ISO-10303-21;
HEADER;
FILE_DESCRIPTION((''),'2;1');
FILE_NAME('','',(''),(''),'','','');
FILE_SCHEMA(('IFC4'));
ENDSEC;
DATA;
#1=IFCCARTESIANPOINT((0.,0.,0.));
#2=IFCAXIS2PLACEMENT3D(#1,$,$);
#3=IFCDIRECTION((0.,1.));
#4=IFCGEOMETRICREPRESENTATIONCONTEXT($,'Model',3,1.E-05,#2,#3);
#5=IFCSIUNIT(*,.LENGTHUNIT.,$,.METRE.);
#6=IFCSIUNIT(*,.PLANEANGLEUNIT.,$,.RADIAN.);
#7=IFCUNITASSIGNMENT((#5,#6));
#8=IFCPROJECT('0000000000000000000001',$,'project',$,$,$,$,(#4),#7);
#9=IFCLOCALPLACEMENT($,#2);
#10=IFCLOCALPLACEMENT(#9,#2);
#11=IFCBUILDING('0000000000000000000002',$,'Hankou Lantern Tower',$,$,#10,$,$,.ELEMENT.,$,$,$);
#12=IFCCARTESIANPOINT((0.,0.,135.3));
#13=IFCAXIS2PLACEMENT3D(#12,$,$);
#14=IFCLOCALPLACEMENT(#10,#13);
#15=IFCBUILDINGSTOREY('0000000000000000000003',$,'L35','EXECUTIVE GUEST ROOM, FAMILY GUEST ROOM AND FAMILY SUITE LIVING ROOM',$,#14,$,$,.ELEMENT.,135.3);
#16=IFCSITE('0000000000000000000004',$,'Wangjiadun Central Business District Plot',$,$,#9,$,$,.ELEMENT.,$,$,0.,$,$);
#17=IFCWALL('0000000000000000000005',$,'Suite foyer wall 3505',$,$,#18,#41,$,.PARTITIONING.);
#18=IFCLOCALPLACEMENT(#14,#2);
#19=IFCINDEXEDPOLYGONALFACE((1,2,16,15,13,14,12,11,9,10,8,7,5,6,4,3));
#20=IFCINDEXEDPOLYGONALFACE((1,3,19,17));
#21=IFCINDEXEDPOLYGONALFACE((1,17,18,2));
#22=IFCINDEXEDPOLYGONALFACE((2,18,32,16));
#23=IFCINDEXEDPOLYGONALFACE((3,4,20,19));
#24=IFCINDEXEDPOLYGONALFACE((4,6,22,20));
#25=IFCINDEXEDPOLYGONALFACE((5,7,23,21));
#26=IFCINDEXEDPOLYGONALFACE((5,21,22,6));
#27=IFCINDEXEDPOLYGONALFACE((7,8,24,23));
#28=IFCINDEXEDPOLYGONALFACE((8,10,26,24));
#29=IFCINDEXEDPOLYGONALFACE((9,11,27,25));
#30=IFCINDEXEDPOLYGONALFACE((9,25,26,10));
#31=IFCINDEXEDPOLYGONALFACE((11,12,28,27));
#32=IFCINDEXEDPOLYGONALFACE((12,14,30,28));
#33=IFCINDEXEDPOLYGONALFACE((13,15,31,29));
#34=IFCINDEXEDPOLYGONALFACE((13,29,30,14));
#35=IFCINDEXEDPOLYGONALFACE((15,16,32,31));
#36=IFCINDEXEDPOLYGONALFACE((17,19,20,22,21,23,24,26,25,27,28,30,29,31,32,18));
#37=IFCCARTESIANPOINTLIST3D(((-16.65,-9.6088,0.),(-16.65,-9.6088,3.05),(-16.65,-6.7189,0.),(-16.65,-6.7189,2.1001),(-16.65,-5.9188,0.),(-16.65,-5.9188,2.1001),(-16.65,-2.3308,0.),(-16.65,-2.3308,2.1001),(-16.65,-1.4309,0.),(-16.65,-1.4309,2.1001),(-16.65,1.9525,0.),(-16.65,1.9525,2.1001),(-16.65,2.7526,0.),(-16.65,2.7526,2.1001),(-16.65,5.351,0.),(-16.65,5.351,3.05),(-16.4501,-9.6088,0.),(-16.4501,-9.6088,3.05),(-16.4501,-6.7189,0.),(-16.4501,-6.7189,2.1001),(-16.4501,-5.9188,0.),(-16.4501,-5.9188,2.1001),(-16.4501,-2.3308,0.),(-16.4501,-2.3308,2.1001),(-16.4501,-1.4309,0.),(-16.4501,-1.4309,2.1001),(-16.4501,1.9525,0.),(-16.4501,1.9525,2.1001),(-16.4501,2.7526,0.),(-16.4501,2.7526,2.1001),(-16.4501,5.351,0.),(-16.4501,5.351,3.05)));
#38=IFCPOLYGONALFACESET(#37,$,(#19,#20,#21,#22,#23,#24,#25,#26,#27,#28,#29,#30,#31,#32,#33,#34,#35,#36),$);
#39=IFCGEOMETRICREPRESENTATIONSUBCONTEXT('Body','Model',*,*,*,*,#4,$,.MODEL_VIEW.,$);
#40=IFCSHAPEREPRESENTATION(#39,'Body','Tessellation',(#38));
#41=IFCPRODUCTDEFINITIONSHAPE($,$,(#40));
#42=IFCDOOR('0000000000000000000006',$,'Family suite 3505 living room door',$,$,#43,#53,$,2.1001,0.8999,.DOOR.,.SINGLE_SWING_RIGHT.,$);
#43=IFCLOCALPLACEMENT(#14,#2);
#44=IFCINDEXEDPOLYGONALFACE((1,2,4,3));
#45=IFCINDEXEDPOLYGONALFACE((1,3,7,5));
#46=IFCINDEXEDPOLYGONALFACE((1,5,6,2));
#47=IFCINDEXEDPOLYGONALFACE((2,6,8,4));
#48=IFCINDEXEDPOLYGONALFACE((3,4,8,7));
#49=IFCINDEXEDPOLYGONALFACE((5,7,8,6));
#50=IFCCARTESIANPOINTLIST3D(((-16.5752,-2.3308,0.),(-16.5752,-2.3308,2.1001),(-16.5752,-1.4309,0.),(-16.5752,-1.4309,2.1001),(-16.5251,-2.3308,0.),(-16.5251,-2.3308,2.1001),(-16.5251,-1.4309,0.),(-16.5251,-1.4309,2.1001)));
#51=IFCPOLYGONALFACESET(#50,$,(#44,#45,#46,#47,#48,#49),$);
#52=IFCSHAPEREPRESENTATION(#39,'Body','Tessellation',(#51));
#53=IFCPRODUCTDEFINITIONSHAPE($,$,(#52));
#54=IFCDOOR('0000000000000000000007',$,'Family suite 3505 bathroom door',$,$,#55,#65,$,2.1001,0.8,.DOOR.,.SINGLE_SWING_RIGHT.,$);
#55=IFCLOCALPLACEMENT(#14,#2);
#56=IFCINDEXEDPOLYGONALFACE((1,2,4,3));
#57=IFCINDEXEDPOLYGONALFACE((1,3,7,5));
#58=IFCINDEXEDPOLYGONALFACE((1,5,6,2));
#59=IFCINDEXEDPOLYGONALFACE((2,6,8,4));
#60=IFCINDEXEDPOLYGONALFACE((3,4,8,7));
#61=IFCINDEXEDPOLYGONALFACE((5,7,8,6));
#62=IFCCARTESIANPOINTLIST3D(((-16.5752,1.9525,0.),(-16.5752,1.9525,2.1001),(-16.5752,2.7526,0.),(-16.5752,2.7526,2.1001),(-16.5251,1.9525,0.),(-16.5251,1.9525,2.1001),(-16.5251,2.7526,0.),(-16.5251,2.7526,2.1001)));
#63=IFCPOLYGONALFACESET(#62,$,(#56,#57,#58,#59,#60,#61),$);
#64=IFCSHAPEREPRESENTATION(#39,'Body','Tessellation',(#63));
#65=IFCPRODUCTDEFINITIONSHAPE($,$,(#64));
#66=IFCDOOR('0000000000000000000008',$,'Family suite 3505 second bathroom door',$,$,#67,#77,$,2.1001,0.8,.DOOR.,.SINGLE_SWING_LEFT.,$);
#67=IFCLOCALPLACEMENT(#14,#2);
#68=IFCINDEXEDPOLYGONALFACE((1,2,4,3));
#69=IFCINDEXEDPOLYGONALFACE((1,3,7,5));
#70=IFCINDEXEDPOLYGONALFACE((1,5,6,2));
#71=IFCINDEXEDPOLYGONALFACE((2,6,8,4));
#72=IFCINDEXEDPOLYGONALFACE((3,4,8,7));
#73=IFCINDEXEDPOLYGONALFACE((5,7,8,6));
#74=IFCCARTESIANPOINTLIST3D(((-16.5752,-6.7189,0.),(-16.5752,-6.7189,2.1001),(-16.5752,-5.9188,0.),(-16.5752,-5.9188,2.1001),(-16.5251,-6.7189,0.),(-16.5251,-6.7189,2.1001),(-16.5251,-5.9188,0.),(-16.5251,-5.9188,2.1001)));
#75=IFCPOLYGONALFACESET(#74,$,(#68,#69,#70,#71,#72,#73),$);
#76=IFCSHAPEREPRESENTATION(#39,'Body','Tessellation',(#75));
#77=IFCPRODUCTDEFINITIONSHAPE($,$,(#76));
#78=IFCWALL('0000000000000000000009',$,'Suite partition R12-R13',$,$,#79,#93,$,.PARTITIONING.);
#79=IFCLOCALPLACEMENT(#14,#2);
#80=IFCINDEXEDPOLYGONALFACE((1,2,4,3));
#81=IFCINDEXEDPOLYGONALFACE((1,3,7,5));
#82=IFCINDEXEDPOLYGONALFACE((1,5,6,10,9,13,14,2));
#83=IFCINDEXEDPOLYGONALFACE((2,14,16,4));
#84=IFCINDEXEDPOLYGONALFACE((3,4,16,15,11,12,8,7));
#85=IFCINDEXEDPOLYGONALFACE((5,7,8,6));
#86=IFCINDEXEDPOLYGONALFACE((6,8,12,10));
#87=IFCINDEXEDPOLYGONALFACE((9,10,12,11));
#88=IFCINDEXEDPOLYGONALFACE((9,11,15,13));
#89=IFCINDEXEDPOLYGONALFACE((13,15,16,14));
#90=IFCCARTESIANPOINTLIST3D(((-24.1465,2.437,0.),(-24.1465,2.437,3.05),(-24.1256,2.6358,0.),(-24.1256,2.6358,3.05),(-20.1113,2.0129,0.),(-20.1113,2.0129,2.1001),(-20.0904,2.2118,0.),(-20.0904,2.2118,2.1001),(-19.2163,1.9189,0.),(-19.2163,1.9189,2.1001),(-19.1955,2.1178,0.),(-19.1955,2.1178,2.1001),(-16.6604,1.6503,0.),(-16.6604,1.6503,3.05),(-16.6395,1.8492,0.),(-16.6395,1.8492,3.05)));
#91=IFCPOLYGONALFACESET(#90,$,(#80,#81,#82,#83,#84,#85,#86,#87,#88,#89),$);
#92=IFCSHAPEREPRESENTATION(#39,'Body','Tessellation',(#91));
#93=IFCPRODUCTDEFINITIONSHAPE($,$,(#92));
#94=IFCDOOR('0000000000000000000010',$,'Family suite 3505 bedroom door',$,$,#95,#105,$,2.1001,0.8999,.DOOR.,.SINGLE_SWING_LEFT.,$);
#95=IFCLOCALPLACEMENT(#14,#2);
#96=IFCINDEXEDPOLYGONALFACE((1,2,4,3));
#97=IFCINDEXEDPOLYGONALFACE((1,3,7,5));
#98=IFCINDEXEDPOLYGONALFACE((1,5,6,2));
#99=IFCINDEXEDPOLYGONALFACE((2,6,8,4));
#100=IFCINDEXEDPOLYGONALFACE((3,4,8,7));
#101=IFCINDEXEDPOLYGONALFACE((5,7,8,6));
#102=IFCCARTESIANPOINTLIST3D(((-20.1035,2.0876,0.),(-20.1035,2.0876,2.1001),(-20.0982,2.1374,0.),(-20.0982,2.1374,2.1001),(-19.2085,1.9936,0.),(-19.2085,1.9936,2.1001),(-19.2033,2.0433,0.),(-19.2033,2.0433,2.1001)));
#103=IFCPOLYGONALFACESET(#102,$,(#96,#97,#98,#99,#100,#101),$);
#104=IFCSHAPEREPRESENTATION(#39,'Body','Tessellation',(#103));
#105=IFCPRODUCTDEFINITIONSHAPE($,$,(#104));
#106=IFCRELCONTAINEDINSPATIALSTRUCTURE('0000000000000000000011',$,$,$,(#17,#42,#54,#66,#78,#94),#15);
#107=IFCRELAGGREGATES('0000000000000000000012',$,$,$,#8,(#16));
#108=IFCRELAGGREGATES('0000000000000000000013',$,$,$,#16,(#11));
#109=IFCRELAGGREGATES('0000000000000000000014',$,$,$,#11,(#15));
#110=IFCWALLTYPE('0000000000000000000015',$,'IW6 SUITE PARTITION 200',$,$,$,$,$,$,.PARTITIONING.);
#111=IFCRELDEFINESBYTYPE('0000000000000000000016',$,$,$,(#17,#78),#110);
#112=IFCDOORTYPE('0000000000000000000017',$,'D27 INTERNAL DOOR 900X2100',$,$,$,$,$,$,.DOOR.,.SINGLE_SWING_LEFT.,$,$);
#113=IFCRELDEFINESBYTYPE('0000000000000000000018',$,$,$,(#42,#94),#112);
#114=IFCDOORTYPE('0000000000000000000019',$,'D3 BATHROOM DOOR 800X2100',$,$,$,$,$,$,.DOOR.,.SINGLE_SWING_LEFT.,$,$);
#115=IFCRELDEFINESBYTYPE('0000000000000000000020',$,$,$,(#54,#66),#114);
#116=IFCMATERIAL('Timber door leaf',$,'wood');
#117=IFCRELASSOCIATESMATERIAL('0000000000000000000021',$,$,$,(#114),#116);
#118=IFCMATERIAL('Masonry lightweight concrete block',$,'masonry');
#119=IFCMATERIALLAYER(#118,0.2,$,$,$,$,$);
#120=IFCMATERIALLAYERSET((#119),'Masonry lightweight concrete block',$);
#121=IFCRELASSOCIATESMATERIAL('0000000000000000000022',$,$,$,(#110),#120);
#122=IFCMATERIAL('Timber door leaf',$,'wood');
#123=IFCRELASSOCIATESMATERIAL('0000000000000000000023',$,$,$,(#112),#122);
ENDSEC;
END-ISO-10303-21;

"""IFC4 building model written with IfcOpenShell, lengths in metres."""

from ifc_helpers import new_model, si_unit, direction, frame, frame_2d, origin, place, context, subcontext, project, spatial, rectangle, extrude, material, layer, layer_set, type_object, element, fill, save


model = new_model("IFC4")

# Units and contexts
model_context = context("Model", 3, precision=1e-05, world=origin(), true_north=direction((0.0, 1.0)))
body_context = subcontext(model_context, "Body", "Model", "MODEL_VIEW")
ifc_project = project(units=[si_unit("LENGTHUNIT", "METRE"), si_unit("PLANEANGLEUNIT", "RADIAN")], contexts=[model_context])

# Site, building, storey
site_placement = place(None, origin())
site = spatial("IfcSite", under=ifc_project, at=site_placement, Name="Wangjiadun Central Business District Plot", CompositionType="ELEMENT", RefElevation=0.0)
building_placement = place(site_placement, origin())
building = spatial("IfcBuilding", under=site, at=building_placement, Name="Hankou Lantern Tower", CompositionType="ELEMENT")
storey_placement = place(building_placement, frame((0.0, 0.0, 135.3)))
storey = spatial("IfcBuildingStorey", under=building, at=storey_placement, Name="L35", Description="EXECUTIVE GUEST ROOM, FAMILY GUEST ROOM AND FAMILY SUITE LIVING ROOM", CompositionType="ELEMENT", Elevation=135.3)

# Shared definitions
ifc_material_1 = material(Name="Timber door leaf", Category="wood")
door_type_1 = type_object("IfcDoorType", Name="D3 BATHROOM DOOR 800X2100", OperationType="SINGLE_SWING_LEFT", PredefinedType="DOOR", material=ifc_material_1)

# Wall, openings, doors
ifc_material_2 = material(Name="Masonry lightweight concrete block", Category="masonry")
ifc_layer_1 = layer(ifc_material_2, 0.2)
ifc_layer_set_1 = layer_set([ifc_layer_1], Name="Masonry lightweight concrete block")
wall_type_1 = type_object("IfcWallType", Name="IW6 SUITE PARTITION 200", PredefinedType="PARTITIONING", material=ifc_layer_set_1)
wall_1_placement = place(storey_placement, frame((-16.55, 5.3511, 0.0), z_axis=(0.0, 0.0, 1.0), x_axis=(0.0, -1.0, 0.0)))
wall_1 = element("IfcWall", 1, at=wall_1_placement, inside=storey, type_object=wall_type_1, Name="Suite foyer wall 3505", PredefinedType="PARTITIONING", context=body_context, shape_type="SweptSolid", body=[
    extrude(rectangle(XDim=14.9597, YDim=0.2, at=frame_2d((7.48, 0.0))), origin(), (0.0, 0.0, 1.0), 3.05),
])
opening_1_placement = place(wall_1_placement, frame((2.5986, 0.0, 0.0)))
opening_1 = element("IfcOpeningElement", 2, at=opening_1_placement, cuts=wall_1, PredefinedType="OPENING", context=body_context, shape_type="SweptSolid", body=[
    extrude(rectangle(XDim=0.8, YDim=2.1001, at=frame_2d((0.3999, 1.05))), frame((0.0, 0.1099, 0.0), z_axis=(0.0, -1.0, 0.0), x_axis=(1.0, 0.0, 0.0)), (0.0, 0.0, 1.0), 0.22),
])
opening_2_placement = place(wall_1_placement, frame((11.27, 0.0, 0.0)))
opening_2 = element("IfcOpeningElement", 3, at=opening_2_placement, cuts=wall_1, PredefinedType="OPENING", context=body_context, shape_type="SweptSolid", body=[
    extrude(rectangle(XDim=0.8, YDim=2.1001, at=frame_2d((0.3999, 1.05))), frame((0.0, 0.1099, 0.0), z_axis=(0.0, -1.0, 0.0), x_axis=(1.0, 0.0, 0.0)), (0.0, 0.0, 1.0), 0.22),
])
opening_3_placement = place(wall_1_placement, frame((6.782, 0.0, 0.0)))
opening_3 = element("IfcOpeningElement", 4, at=opening_3_placement, cuts=wall_1, PredefinedType="OPENING", context=body_context, shape_type="SweptSolid", body=[
    extrude(rectangle(XDim=0.8999, YDim=2.1001, at=frame_2d((0.45, 1.05))), frame((0.0, 0.1099, 0.0), z_axis=(0.0, -1.0, 0.0), x_axis=(1.0, 0.0, 0.0)), (0.0, 0.0, 1.0), 0.22),
])
ifc_material_3 = material(Name="Timber door leaf", Category="wood")
door_type_2 = type_object("IfcDoorType", Name="D27 INTERNAL DOOR 900X2100", OperationType="SINGLE_SWING_LEFT", PredefinedType="DOOR", material=ifc_material_3)
door_1_placement = place(opening_3_placement, origin())
door_1 = element("IfcDoor", 5, at=door_1_placement, inside=storey, type_object=door_type_2, Name="Family suite 3505 living room door", OperationType="SINGLE_SWING_RIGHT", OverallHeight=2.1001, OverallWidth=0.8999, PredefinedType="DOOR", context=body_context, shape_type="SweptSolid", body=[
    extrude(rectangle(XDim=0.8999, YDim=2.1001, at=frame_2d((0.45, 1.05))), frame((0.0, 0.0249, 0.0), z_axis=(0.0, -1.0, 0.0), x_axis=(1.0, 0.0, 0.0)), (0.0, 0.0, 1.0), 0.05),
])
fill(opening_3, door_1)
door_2_placement = place(opening_1_placement, origin())
door_2 = element("IfcDoor", 6, at=door_2_placement, inside=storey, type_object=door_type_1, Name="Family suite 3505 bathroom door", OperationType="SINGLE_SWING_RIGHT", OverallHeight=2.1001, OverallWidth=0.8, PredefinedType="DOOR", context=body_context, shape_type="SweptSolid", body=[
    extrude(rectangle(XDim=0.8, YDim=2.1001, at=frame_2d((0.3999, 1.05))), frame((0.0, 0.0249, 0.0), z_axis=(0.0, -1.0, 0.0), x_axis=(1.0, 0.0, 0.0)), (0.0, 0.0, 1.0), 0.05),
])
fill(opening_1, door_2)
door_3_placement = place(opening_2_placement, origin())
door_3 = element("IfcDoor", 7, at=door_3_placement, inside=storey, type_object=door_type_1, Name="Family suite 3505 second bathroom door", OperationType="SINGLE_SWING_LEFT", OverallHeight=2.1001, OverallWidth=0.8, PredefinedType="DOOR", context=body_context, shape_type="SweptSolid", body=[
    extrude(rectangle(XDim=0.8, YDim=2.1001, at=frame_2d((0.3999, 1.05))), frame((0.0, 0.0249, 0.0), z_axis=(0.0, -1.0, 0.0), x_axis=(1.0, 0.0, 0.0)), (0.0, 0.0, 1.0), 0.05),
])
fill(opening_2, door_3)

# Wall, opening, door
wall_2_placement = place(storey_placement, frame((-16.6499, 1.7498, 0.0), z_axis=(0.0, 0.0, 1.0), x_axis=(-0.994525, 0.104502, 0.0)))
wall_2 = element("IfcWall", 8, at=wall_2_placement, inside=storey, type_object=wall_type_1, Name="Suite partition R12-R13", PredefinedType="PARTITIONING", context=body_context, shape_type="SweptSolid", body=[
    extrude(rectangle(XDim=7.5273, YDim=0.2, at=frame_2d((3.7637, 0.0))), origin(), (0.0, 0.0, 1.0), 3.05),
])
opening_4_placement = place(wall_2_placement, frame((2.5701, 0.0, 0.0)))
opening_4 = element("IfcOpeningElement", 9, at=opening_4_placement, cuts=wall_2, PredefinedType="OPENING", context=body_context, shape_type="SweptSolid", body=[
    extrude(rectangle(XDim=0.8999, YDim=2.1001, at=frame_2d((0.45, 1.05))), frame((0.0, 0.1099, 0.0), z_axis=(0.0, -1.0, 0.0), x_axis=(1.0, 0.0, 0.0)), (0.0, 0.0, 1.0), 0.22),
])
door_4_placement = place(opening_4_placement, origin())
door_4 = element("IfcDoor", 10, at=door_4_placement, inside=storey, type_object=door_type_2, Name="Family suite 3505 bedroom door", OperationType="SINGLE_SWING_LEFT", OverallHeight=2.1001, OverallWidth=0.8999, PredefinedType="DOOR", context=body_context, shape_type="SweptSolid", body=[
    extrude(rectangle(XDim=0.8999, YDim=2.1001, at=frame_2d((0.45, 1.05))), frame((0.0, 0.0249, 0.0), z_axis=(0.0, -1.0, 0.0), x_axis=(1.0, 0.0, 0.0)), (0.0, 0.0, 1.0), 0.05),
])
fill(opening_4, door_4)

save(model, "model.ifc")
